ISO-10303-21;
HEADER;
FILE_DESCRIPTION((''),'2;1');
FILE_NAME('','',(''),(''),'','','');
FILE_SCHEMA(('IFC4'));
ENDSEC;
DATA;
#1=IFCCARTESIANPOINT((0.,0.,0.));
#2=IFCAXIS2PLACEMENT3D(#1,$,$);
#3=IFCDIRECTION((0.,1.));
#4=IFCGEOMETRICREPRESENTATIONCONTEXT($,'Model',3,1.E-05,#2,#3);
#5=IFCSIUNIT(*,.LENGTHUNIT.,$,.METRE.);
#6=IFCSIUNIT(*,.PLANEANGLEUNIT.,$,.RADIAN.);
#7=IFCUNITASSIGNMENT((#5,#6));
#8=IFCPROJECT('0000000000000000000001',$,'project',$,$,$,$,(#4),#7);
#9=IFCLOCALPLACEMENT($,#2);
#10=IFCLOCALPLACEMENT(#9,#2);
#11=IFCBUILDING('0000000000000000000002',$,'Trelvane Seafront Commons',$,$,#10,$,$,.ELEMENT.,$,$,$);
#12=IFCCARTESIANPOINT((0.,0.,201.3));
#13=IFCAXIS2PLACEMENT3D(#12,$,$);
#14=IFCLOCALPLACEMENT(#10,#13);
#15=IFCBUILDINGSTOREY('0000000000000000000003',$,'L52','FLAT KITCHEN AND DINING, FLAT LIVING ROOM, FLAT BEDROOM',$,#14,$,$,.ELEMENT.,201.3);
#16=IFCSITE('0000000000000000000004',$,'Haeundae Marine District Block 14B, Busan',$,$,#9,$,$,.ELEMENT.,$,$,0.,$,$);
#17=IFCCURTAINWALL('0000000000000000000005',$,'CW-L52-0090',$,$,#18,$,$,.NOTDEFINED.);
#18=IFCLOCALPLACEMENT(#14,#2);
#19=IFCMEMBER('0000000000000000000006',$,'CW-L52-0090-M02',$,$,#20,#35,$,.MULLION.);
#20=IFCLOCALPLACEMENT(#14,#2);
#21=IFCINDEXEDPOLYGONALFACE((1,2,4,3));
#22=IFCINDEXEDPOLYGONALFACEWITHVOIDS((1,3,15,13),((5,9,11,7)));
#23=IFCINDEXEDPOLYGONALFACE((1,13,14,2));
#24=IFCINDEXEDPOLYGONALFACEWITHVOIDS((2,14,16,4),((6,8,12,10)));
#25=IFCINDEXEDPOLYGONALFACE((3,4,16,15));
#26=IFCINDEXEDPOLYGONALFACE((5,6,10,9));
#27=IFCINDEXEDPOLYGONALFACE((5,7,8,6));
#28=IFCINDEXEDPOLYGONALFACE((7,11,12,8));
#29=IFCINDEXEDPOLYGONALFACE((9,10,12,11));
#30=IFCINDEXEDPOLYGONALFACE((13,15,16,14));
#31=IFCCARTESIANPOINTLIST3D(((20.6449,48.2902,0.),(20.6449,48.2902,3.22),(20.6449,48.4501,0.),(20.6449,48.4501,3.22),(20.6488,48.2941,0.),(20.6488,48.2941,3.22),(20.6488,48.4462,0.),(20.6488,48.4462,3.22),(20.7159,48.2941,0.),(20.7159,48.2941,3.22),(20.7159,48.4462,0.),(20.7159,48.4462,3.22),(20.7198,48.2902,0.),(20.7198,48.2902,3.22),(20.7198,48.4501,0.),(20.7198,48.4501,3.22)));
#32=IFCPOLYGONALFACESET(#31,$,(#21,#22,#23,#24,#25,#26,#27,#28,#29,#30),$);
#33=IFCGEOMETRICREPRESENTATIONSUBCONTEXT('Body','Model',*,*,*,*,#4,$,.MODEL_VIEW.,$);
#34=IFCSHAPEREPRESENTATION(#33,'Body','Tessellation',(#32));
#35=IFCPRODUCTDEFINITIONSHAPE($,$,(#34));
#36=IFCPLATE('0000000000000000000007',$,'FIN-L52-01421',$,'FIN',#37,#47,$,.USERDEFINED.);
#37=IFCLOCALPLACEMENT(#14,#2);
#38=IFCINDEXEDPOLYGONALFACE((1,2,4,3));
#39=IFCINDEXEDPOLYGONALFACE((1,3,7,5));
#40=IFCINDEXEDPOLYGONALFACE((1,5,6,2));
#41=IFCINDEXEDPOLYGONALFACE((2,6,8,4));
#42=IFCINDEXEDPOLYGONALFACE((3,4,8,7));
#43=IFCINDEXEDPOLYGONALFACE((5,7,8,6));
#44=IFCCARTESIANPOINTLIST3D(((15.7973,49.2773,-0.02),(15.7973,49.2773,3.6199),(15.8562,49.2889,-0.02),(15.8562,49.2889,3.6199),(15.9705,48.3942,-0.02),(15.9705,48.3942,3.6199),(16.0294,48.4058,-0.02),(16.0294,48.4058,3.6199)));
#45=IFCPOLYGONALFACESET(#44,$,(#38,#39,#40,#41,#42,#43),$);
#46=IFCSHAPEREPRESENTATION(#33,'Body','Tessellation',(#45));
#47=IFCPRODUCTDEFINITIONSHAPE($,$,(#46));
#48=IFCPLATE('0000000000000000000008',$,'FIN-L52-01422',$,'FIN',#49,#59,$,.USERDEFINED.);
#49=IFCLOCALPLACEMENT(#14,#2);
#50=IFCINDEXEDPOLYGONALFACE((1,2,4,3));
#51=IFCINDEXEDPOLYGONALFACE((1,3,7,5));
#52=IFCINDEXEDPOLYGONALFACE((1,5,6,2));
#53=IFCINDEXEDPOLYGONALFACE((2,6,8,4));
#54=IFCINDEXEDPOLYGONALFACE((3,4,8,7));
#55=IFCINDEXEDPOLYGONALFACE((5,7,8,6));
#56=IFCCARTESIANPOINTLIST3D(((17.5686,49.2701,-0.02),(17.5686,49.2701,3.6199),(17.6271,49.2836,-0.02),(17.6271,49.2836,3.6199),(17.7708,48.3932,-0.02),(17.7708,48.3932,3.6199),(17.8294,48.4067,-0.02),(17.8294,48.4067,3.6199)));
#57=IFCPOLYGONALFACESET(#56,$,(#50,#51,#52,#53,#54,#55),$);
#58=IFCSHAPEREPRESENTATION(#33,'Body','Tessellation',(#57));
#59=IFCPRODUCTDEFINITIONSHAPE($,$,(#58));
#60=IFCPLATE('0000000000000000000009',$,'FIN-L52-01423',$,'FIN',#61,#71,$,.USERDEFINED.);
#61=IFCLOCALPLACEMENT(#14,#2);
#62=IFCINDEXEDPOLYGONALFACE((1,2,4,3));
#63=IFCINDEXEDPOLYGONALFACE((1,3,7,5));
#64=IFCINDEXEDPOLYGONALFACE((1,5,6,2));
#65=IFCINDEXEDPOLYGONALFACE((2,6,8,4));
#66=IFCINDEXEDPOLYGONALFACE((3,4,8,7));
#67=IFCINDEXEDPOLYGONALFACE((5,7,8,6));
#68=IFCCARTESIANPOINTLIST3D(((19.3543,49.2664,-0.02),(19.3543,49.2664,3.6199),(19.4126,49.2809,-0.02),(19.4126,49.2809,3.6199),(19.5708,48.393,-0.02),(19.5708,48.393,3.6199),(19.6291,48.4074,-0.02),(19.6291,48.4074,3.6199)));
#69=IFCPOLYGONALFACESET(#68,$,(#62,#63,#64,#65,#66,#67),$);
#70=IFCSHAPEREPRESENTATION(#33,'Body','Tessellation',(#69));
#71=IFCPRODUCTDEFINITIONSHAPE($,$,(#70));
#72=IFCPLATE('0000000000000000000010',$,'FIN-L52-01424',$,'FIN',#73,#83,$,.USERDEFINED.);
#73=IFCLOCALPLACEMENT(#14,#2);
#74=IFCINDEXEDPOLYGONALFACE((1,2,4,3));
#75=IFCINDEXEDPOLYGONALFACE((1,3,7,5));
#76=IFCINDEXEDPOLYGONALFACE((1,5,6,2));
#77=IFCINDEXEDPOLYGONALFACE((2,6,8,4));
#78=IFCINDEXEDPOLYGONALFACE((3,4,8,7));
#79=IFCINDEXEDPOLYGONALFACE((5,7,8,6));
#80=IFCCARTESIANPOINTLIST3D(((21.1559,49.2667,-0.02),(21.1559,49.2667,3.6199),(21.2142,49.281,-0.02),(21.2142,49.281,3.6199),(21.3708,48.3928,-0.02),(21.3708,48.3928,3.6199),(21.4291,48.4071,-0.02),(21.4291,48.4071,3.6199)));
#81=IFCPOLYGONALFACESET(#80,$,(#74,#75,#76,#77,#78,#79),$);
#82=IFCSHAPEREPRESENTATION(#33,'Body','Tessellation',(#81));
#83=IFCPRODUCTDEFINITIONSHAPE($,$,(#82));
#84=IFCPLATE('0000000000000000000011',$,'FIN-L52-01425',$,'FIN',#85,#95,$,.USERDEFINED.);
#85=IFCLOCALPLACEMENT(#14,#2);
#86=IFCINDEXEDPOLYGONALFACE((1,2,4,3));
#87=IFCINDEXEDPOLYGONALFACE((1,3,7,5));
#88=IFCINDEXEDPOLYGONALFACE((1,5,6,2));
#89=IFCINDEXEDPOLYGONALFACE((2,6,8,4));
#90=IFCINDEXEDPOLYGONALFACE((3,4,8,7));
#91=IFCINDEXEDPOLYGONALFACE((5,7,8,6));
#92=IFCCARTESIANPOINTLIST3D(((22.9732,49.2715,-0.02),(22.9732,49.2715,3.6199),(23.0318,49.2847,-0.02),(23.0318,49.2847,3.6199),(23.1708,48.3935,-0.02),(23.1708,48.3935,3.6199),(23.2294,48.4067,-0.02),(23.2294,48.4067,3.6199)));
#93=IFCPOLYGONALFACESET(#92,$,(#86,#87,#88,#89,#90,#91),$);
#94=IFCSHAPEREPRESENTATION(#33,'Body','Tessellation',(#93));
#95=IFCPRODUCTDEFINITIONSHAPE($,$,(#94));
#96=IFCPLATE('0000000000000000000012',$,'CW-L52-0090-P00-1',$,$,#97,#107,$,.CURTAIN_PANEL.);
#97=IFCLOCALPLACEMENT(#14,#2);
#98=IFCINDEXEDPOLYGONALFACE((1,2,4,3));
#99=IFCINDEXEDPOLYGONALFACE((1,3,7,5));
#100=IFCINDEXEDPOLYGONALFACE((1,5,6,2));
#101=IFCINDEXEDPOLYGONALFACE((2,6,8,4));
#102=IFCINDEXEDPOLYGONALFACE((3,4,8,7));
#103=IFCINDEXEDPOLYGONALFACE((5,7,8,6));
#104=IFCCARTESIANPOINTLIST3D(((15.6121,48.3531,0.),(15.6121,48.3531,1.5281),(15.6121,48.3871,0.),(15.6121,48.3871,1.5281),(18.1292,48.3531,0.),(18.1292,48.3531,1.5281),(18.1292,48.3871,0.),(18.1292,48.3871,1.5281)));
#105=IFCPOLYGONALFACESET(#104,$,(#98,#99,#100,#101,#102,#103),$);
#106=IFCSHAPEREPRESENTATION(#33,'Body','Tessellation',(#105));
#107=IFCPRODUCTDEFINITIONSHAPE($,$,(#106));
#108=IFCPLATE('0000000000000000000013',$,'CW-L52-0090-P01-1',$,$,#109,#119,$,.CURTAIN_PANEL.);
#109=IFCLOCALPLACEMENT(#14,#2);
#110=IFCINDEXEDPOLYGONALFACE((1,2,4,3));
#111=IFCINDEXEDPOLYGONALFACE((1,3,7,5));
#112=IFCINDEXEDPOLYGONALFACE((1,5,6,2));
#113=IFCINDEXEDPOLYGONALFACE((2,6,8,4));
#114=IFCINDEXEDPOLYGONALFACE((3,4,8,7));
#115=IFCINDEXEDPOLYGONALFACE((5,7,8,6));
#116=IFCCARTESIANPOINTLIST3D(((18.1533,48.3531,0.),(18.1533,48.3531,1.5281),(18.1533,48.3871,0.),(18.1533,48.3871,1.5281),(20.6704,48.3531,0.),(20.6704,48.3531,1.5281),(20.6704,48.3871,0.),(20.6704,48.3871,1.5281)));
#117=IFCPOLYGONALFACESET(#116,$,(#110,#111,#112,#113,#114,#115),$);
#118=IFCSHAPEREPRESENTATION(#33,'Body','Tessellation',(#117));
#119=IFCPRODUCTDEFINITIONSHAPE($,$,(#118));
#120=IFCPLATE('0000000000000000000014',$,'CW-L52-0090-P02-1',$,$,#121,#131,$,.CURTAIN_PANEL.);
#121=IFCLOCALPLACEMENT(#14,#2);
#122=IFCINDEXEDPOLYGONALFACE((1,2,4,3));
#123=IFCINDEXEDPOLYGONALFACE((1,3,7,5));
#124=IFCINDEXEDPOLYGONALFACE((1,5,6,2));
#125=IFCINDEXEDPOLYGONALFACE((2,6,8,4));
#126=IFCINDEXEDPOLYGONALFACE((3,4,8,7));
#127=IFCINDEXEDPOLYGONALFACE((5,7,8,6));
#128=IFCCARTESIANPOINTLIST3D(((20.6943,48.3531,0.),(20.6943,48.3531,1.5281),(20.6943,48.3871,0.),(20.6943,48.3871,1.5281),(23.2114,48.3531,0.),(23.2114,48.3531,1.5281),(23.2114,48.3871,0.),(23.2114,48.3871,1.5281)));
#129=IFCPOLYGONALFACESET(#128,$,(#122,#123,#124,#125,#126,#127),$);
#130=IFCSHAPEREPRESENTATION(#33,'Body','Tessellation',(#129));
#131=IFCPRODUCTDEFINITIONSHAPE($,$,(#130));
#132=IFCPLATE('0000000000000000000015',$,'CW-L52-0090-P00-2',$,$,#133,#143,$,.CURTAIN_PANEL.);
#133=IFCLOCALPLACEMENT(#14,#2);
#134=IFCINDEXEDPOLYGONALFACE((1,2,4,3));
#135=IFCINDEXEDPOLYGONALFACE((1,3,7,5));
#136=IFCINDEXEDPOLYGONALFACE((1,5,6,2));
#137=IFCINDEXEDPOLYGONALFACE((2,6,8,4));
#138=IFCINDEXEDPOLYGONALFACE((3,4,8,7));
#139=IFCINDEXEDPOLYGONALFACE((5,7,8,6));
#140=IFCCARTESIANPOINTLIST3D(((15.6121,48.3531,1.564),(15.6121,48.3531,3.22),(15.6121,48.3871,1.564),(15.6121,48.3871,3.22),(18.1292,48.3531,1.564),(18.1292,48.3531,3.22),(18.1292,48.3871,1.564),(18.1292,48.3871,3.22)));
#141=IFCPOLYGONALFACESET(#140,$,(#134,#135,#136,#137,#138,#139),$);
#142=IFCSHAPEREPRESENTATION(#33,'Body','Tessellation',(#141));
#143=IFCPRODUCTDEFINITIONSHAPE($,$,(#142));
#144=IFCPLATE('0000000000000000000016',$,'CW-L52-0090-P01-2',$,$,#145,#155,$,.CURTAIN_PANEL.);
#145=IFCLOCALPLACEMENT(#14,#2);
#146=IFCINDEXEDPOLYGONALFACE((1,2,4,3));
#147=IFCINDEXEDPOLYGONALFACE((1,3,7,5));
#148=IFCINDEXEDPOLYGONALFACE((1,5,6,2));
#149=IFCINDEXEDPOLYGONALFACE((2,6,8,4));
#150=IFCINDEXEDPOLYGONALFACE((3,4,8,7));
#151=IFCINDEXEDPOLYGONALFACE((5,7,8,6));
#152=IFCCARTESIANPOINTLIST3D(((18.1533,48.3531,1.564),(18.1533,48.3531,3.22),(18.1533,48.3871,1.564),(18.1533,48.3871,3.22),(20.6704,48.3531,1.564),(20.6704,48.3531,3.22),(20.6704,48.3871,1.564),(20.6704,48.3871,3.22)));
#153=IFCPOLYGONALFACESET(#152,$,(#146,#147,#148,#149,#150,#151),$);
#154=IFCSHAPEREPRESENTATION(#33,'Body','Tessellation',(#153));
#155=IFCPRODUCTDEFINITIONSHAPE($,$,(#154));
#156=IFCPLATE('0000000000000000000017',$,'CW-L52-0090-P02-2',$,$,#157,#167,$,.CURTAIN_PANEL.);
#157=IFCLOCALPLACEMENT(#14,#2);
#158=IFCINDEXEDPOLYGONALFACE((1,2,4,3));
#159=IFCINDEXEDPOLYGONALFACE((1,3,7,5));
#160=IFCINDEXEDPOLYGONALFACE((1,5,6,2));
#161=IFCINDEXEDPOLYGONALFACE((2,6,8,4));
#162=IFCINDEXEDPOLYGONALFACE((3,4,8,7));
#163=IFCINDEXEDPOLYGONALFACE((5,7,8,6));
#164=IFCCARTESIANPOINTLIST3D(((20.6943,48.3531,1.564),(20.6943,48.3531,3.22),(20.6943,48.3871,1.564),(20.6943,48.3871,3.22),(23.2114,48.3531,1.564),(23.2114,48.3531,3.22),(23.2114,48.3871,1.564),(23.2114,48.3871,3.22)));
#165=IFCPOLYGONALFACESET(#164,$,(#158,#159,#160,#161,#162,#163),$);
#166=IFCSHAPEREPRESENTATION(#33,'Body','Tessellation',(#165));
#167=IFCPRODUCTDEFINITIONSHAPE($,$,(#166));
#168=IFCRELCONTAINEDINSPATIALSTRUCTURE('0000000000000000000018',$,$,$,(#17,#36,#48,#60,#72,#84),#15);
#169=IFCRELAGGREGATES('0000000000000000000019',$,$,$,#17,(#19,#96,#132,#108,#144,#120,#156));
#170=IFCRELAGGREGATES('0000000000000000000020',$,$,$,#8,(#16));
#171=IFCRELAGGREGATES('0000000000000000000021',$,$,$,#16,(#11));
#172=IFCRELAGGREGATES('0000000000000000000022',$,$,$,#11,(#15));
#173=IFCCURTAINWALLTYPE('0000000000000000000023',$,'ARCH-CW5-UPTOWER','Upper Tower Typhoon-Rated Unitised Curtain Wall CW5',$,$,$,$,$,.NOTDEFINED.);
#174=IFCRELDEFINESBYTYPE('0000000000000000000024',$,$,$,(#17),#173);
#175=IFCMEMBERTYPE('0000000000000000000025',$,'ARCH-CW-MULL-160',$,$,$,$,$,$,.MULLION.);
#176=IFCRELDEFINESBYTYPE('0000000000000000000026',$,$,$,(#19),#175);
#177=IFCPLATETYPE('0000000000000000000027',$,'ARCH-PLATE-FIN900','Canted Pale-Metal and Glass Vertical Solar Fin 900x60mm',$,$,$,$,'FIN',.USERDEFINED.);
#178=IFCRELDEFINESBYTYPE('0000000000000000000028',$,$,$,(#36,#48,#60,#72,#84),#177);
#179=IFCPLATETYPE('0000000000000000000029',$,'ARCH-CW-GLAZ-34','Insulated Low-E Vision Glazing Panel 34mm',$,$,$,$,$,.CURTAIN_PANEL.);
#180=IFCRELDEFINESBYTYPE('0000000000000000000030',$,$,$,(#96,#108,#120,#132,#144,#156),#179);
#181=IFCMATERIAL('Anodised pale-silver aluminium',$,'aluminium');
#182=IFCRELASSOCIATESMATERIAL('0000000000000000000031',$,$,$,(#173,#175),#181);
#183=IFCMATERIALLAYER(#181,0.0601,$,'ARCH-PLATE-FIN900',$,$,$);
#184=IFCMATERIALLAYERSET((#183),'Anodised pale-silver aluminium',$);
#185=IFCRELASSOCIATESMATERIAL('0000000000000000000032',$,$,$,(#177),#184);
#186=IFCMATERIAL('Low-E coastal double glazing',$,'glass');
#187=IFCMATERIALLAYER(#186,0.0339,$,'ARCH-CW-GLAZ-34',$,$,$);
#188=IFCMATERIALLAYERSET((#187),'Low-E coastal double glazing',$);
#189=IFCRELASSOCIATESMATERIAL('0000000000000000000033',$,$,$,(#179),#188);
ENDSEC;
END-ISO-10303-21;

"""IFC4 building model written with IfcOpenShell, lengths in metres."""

from ifc_helpers import new_model, si_unit, direction, frame, origin, origin_2d, place, context, subcontext, project, spatial, rectangle, hollow_rectangle, extrude, source, transform, mapped, material, layer, layer_set, material_profile, profile_set, type_object, element, aggregate, save


model = new_model("IFC4")

# Units and contexts
model_context = context("Model", 3, precision=1e-05, world=origin(), true_north=direction((0.0, 1.0)))
body_context = subcontext(model_context, "Body", "Model", "MODEL_VIEW")
ifc_project = project(units=[si_unit("LENGTHUNIT", "METRE"), si_unit("PLANEANGLEUNIT", "RADIAN")], contexts=[model_context])

# Site, building, storey
site_placement = place(None, origin())
site = spatial("IfcSite", under=ifc_project, at=site_placement, Name="Haeundae Marine District Block 14B, Busan", CompositionType="ELEMENT", RefElevation=0.0)
building_placement = place(site_placement, origin())
building = spatial("IfcBuilding", under=site, at=building_placement, Name="Trelvane Seafront Commons", CompositionType="ELEMENT")
storey_placement = place(building_placement, frame((0.0, 0.0, 201.3)))
storey = spatial("IfcBuildingStorey", under=building, at=storey_placement, Name="L52", Description="FLAT KITCHEN AND DINING, FLAT LIVING ROOM, FLAT BEDROOM", CompositionType="ELEMENT", Elevation=201.3)

# Curtain wall, member
ifc_material_1 = material(Name="Anodised pale-silver aluminium", Category="aluminium")
curtain_wall_type = type_object("IfcCurtainWallType", Name="ARCH-CW5-UPTOWER", Description="Upper Tower Typhoon-Rated Unitised Curtain Wall CW5", PredefinedType="NOTDEFINED", material=ifc_material_1)
curtain_wall_placement = place(storey_placement, origin())
curtain_wall = element("IfcCurtainWall", 1, at=curtain_wall_placement, inside=storey, type_object=curtain_wall_type, Name="CW-L52-0090", PredefinedType="NOTDEFINED")
ifc_material_profile_1 = material_profile(ifc_material_1, hollow_rectangle(XDim=0.075, YDim=0.1599, WallThickness=0.0039, at=origin_2d()), Name="MULL-75x160x4")
ifc_profile_set_1 = profile_set([ifc_material_profile_1], Name="Anodised pale-silver aluminium")
member_type_1 = type_object("IfcMemberType", Name="ARCH-CW-MULL-160", PredefinedType="MULLION", material=ifc_profile_set_1)
shared_shape_1 = source(origin(), body_context, "Body", "SweptSolid", [
    extrude(hollow_rectangle(XDim=0.075, YDim=0.1599, WallThickness=0.0039, at=origin_2d()), origin(), (0.0, 0.0, 1.0), 3.22),
])
member_1_placement = place(storey_placement, frame((20.6824, 48.3701, 0.0), z_axis=(0.0, 0.0, 1.0), x_axis=(1.0, 0.0, 0.0)))
member_1 = element("IfcMember", 2, at=member_1_placement, type_object=member_type_1, Name="CW-L52-0090-M02", PredefinedType="MULLION", context=body_context, shape_type="MappedRepresentation", body=[
    mapped(shared_shape_1, transform((0.0, 0.0, 0.0), x_axis=(1.0, 0.0, 0.0), y_axis=(0.0, 1.0, 0.0), z_axis=(0.0, 0.0, 1.0), scale=1.0)),
])

# Plates
ifc_layer_1 = layer(ifc_material_1, 0.0601, Name="ARCH-PLATE-FIN900")
ifc_layer_set_1 = layer_set([ifc_layer_1], Name="Anodised pale-silver aluminium")
plate_type_1 = type_object("IfcPlateType", Name="ARCH-PLATE-FIN900", Description="Canted Pale-Metal and Glass Vertical Solar Fin 900x60mm", ElementType="FIN", PredefinedType="USERDEFINED", material=ifc_layer_set_1)
shared_shape_2 = source(origin(), body_context, "Body", "SweptSolid", [
    extrude(rectangle(XDim=0.8999, YDim=0.0601, at=origin_2d()), origin(), (0.0, 0.0, 1.0), 3.6399),
])
for number, where, z_axis, x_axis, name in (
    (3, (15.9133, 48.8416, -0.02), (0.0, 0.0, 1.0), (-0.19244, 0.981309, 0.0), "FIN-L52-01421"),
    (4, (17.699, 48.8384, -0.02), (0.0, 0.0, 1.0), (-0.224771, 0.974412, 0.0), "FIN-L52-01422"),
    (5, (19.4917, 48.8369, -0.02), (0.0, 0.0, 1.0), (-0.240548, 0.970637, 0.0), "FIN-L52-01423"),
    (6, (21.2925, 48.8369, -0.02), (0.0, 0.0, 1.0), (-0.238769, 0.971076, 0.0), "FIN-L52-01424"),
    (7, (23.1013, 48.8391, -0.02), (0.0, 0.0, 1.0), (-0.219565, 0.975598, 0.0), "FIN-L52-01425"),
):
    element("IfcPlate", number, at=place(storey_placement, frame(where, z_axis=z_axis, x_axis=x_axis)), inside=storey, type_object=plate_type_1, Name=name, ObjectType="FIN", PredefinedType="USERDEFINED", context=body_context, shape_type="MappedRepresentation", body=[
        mapped(shared_shape_2, transform((0.0, 0.0, 0.0), x_axis=(1.0, 0.0, 0.0), y_axis=(0.0, 1.0, 0.0), z_axis=(0.0, 0.0, 1.0), scale=1.0)),
    ])

# Plates
ifc_material_2 = material(Name="Low-E coastal double glazing", Category="glass")
ifc_layer_2 = layer(ifc_material_2, 0.0339, Name="ARCH-CW-GLAZ-34")
ifc_layer_set_2 = layer_set([ifc_layer_2], Name="Low-E coastal double glazing")
plate_type_2 = type_object("IfcPlateType", Name="ARCH-CW-GLAZ-34", Description="Insulated Low-E Vision Glazing Panel 34mm", PredefinedType="CURTAIN_PANEL", material=ifc_layer_set_2)
shared_shape_3 = source(origin(), body_context, "Body", "SweptSolid", [
    extrude(rectangle(XDim=2.5171, YDim=0.0339, at=origin_2d()), origin(), (0.0, 0.0, 1.0), 1.5281),
])
plate_1_placement = place(storey_placement, frame((16.8706, 48.3701, 0.0), z_axis=(0.0, 0.0, 1.0), x_axis=(1.0, 0.0, 0.0)))
plate_1 = element("IfcPlate", 8, at=plate_1_placement, type_object=plate_type_2, Name="CW-L52-0090-P00-1", PredefinedType="CURTAIN_PANEL", context=body_context, shape_type="MappedRepresentation", body=[
    mapped(shared_shape_3, transform((0.0, 0.0, 0.0), x_axis=(1.0, 0.0, 0.0), y_axis=(0.0, 1.0, 0.0), z_axis=(0.0, 0.0, 1.0), scale=1.0)),
])
plate_2_placement = place(storey_placement, frame((19.4119, 48.3701, 0.0), z_axis=(0.0, 0.0, 1.0), x_axis=(1.0, 0.0, 0.0)))
plate_2 = element("IfcPlate", 9, at=plate_2_placement, type_object=plate_type_2, Name="CW-L52-0090-P01-1", PredefinedType="CURTAIN_PANEL", context=body_context, shape_type="MappedRepresentation", body=[
    mapped(shared_shape_3, transform((0.0, 0.0, 0.0), x_axis=(1.0, 0.0, 0.0), y_axis=(0.0, 1.0, 0.0), z_axis=(0.0, 0.0, 1.0), scale=1.0)),
])
plate_3_placement = place(storey_placement, frame((21.9529, 48.3701, 0.0), z_axis=(0.0, 0.0, 1.0), x_axis=(1.0, 0.0, 0.0)))
plate_3 = element("IfcPlate", 10, at=plate_3_placement, type_object=plate_type_2, Name="CW-L52-0090-P02-1", PredefinedType="CURTAIN_PANEL", context=body_context, shape_type="MappedRepresentation", body=[
    mapped(shared_shape_3, transform((0.0, 0.0, 0.0), x_axis=(1.0, 0.0, 0.0), y_axis=(0.0, 1.0, 0.0), z_axis=(0.0, 0.0, 1.0), scale=1.0)),
])
shared_shape_4 = source(origin(), body_context, "Body", "SweptSolid", [
    extrude(rectangle(XDim=2.5171, YDim=0.0339, at=origin_2d()), origin(), (0.0, 0.0, 1.0), 1.656),
])
plate_4_placement = place(storey_placement, frame((16.8706, 48.3701, 1.564), z_axis=(0.0, 0.0, 1.0), x_axis=(1.0, 0.0, 0.0)))
plate_4 = element("IfcPlate", 11, at=plate_4_placement, type_object=plate_type_2, Name="CW-L52-0090-P00-2", PredefinedType="CURTAIN_PANEL", context=body_context, shape_type="MappedRepresentation", body=[
    mapped(shared_shape_4, transform((0.0, 0.0, 0.0), x_axis=(1.0, 0.0, 0.0), y_axis=(0.0, 1.0, 0.0), z_axis=(0.0, 0.0, 1.0), scale=1.0)),
])
plate_5_placement = place(storey_placement, frame((19.4119, 48.3701, 1.564), z_axis=(0.0, 0.0, 1.0), x_axis=(1.0, 0.0, 0.0)))
plate_5 = element("IfcPlate", 12, at=plate_5_placement, type_object=plate_type_2, Name="CW-L52-0090-P01-2", PredefinedType="CURTAIN_PANEL", context=body_context, shape_type="MappedRepresentation", body=[
    mapped(shared_shape_4, transform((0.0, 0.0, 0.0), x_axis=(1.0, 0.0, 0.0), y_axis=(0.0, 1.0, 0.0), z_axis=(0.0, 0.0, 1.0), scale=1.0)),
])
plate_6_placement = place(storey_placement, frame((21.9529, 48.3701, 1.564), z_axis=(0.0, 0.0, 1.0), x_axis=(1.0, 0.0, 0.0)))
plate_6 = element("IfcPlate", 13, at=plate_6_placement, type_object=plate_type_2, Name="CW-L52-0090-P02-2", PredefinedType="CURTAIN_PANEL", context=body_context, shape_type="MappedRepresentation", body=[
    mapped(shared_shape_4, transform((0.0, 0.0, 0.0), x_axis=(1.0, 0.0, 0.0), y_axis=(0.0, 1.0, 0.0), z_axis=(0.0, 0.0, 1.0), scale=1.0)),
])
aggregate(curtain_wall, [member_1, plate_1, plate_4, plate_2, plate_5, plate_3, plate_6])

save(model, "model.ifc")
